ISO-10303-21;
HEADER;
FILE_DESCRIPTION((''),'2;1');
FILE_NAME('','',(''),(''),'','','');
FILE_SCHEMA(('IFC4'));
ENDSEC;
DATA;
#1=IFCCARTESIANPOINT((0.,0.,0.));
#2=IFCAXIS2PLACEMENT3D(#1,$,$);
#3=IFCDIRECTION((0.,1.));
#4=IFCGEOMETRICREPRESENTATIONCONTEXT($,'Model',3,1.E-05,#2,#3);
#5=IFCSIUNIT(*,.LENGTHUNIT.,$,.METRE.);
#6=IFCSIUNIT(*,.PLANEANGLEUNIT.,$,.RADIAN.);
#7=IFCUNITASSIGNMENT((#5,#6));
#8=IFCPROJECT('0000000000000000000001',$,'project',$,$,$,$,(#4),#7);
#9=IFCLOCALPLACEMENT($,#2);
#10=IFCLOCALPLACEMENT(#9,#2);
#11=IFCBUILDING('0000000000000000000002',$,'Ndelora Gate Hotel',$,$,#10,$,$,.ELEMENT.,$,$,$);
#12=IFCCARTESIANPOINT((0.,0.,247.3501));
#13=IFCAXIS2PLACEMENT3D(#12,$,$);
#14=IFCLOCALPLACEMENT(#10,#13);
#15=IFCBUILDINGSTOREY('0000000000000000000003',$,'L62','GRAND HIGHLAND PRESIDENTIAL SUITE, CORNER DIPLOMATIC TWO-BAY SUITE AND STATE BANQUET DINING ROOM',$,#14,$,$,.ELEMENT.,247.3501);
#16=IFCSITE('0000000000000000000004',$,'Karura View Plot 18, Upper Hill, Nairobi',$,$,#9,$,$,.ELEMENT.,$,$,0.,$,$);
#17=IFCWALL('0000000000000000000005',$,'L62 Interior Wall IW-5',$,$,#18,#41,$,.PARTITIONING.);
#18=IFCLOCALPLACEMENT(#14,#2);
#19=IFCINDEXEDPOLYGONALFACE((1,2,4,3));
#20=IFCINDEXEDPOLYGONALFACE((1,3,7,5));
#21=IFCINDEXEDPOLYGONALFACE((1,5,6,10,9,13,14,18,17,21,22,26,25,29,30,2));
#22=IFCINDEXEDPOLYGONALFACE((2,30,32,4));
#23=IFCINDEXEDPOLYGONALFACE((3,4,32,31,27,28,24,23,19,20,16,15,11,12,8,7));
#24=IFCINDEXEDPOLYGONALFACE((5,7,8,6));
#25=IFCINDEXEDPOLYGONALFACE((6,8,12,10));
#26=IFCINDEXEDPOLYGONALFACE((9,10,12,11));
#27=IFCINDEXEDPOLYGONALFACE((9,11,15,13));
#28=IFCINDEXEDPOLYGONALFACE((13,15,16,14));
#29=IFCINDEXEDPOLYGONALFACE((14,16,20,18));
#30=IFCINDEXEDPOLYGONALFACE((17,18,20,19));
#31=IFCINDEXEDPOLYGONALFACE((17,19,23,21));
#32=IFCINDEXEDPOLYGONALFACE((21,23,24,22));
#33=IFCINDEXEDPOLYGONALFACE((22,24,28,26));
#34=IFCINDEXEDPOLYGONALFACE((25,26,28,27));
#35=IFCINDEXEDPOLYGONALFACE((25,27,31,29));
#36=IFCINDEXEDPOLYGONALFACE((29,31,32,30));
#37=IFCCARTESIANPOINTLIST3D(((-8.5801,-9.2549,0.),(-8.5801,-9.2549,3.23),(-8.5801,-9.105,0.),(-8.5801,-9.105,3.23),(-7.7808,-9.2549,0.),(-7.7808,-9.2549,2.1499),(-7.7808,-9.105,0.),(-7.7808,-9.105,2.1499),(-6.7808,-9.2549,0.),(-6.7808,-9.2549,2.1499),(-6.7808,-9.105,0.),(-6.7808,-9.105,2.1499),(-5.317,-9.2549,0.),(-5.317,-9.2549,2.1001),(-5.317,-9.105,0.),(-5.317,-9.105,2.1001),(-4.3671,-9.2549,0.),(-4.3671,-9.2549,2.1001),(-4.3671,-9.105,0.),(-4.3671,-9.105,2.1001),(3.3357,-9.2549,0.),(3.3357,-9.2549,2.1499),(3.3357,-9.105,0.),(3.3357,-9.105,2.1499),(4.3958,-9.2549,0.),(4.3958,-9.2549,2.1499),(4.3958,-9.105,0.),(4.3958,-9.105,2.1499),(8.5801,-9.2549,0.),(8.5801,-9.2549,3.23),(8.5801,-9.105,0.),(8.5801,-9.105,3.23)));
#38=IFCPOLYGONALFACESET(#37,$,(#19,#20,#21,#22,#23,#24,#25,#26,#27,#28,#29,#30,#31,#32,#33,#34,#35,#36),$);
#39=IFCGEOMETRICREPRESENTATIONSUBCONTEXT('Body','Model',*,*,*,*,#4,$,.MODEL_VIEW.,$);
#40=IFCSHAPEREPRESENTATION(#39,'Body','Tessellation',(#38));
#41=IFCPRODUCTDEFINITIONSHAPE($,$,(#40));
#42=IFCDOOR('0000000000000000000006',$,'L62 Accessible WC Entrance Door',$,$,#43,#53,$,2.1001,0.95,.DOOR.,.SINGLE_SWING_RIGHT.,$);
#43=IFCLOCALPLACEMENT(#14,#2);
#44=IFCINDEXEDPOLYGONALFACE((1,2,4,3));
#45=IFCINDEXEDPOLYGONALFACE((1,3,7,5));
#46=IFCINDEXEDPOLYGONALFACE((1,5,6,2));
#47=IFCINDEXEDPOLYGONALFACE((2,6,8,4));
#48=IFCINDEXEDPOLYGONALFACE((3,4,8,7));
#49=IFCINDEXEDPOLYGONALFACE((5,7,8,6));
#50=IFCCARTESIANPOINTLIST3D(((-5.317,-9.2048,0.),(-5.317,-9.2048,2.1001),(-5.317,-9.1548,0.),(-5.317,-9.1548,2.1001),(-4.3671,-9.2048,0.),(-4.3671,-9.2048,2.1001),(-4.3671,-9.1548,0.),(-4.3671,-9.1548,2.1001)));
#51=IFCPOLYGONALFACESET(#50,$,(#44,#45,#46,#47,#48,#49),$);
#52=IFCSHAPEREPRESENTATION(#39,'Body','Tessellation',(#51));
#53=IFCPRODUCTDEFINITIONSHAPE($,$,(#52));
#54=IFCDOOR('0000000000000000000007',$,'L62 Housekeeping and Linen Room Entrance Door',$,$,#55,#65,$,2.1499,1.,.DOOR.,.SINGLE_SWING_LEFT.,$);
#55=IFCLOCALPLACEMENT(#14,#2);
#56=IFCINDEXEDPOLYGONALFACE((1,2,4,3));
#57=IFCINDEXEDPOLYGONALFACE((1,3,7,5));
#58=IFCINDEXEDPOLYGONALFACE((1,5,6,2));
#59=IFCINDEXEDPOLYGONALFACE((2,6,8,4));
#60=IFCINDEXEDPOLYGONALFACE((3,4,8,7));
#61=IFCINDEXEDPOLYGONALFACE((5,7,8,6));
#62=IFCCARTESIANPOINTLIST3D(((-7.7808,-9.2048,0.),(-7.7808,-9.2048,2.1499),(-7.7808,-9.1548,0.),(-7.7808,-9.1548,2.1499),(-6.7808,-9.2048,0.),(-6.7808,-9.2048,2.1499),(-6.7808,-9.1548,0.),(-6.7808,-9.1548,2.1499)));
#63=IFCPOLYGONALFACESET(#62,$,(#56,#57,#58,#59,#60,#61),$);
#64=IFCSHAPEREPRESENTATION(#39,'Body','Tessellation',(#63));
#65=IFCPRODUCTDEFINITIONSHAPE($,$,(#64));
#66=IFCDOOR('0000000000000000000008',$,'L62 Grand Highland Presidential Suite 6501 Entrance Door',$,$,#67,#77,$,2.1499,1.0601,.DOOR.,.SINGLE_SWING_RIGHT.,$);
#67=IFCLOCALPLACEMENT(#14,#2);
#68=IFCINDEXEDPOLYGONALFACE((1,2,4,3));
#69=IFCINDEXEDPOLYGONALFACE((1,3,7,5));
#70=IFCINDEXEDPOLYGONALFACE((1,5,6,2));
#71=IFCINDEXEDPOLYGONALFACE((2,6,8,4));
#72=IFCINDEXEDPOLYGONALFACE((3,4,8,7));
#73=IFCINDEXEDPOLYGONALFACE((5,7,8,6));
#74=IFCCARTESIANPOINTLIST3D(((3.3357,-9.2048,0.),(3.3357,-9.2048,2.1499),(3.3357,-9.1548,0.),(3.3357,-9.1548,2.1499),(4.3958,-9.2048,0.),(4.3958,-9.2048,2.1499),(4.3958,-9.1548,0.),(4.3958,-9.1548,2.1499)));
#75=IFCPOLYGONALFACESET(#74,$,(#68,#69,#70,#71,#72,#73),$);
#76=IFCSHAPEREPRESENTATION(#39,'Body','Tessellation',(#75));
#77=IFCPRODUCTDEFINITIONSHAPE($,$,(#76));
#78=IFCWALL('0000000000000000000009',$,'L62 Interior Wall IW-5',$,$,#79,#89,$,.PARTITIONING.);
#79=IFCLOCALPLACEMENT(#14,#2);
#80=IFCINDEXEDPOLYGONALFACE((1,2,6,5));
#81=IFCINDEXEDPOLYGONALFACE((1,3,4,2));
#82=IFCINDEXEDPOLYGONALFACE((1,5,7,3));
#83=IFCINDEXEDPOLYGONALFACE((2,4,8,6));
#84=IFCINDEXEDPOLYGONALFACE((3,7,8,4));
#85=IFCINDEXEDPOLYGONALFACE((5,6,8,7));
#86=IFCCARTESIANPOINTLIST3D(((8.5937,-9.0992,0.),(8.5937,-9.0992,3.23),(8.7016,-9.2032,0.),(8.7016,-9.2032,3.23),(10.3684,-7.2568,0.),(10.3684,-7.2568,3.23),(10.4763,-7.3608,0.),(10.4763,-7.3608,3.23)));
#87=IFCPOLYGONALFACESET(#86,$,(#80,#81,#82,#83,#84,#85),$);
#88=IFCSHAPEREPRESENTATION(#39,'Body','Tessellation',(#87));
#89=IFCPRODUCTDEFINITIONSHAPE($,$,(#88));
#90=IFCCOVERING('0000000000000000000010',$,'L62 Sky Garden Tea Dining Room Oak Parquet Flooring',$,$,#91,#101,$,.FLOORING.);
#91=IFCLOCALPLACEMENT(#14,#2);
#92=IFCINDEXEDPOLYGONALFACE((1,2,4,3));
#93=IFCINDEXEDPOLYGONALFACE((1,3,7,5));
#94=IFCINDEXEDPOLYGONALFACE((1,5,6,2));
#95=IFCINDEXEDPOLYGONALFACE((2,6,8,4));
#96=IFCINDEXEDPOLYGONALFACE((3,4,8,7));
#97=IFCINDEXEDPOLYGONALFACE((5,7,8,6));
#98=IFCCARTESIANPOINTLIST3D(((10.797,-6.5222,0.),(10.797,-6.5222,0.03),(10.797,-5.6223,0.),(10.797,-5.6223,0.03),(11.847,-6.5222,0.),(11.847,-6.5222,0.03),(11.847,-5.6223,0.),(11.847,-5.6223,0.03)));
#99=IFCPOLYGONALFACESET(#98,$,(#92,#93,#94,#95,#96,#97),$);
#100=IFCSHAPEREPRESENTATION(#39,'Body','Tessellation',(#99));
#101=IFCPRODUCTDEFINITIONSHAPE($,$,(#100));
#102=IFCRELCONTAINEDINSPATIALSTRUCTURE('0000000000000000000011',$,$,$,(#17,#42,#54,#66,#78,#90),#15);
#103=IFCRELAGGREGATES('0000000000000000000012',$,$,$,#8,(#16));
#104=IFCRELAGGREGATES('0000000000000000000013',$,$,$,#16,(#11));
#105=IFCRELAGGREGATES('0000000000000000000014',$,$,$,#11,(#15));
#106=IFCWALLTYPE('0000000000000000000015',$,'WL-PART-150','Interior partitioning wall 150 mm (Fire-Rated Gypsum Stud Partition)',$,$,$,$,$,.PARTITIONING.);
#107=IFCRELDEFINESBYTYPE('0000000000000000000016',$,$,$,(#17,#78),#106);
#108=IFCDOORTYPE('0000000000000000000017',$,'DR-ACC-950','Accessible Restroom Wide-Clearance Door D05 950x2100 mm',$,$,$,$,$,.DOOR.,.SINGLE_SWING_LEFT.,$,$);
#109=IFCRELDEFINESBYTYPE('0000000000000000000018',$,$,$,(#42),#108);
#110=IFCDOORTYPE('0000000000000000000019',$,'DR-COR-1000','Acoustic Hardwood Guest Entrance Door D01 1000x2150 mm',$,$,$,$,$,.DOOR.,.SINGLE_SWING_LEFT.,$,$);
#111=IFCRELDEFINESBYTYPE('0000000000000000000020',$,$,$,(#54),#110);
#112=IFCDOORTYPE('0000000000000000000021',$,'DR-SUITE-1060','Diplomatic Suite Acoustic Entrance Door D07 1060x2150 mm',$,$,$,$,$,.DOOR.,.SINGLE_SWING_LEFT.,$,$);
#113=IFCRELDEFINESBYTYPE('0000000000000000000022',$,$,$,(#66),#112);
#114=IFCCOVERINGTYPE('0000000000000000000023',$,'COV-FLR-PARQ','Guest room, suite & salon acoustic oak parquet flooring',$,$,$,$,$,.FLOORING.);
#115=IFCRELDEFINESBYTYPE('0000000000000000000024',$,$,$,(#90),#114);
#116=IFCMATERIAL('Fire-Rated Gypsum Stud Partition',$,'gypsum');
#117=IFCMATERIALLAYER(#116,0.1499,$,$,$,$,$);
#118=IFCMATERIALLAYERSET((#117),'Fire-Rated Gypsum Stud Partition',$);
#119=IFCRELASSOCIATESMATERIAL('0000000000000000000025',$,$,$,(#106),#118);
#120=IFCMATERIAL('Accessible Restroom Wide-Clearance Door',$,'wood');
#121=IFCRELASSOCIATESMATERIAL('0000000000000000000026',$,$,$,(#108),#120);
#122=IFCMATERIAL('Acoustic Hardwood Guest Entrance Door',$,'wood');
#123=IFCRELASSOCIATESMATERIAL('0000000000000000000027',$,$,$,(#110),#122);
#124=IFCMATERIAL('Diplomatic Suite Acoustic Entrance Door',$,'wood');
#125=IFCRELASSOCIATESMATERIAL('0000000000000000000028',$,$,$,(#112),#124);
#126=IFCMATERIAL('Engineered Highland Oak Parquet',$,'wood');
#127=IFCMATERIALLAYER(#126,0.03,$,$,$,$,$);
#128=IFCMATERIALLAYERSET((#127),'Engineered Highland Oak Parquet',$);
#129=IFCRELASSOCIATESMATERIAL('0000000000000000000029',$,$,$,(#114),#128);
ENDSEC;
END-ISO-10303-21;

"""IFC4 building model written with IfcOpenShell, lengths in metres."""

from ifc_helpers import new_model, si_unit, direction, frame, frame_2d, origin, origin_2d, place, context, subcontext, project, spatial, rectangle, extrude, material, layer, layer_set, type_object, element, fill, save


model = new_model("IFC4")

# Units and contexts
model_context = context("Model", 3, precision=1e-05, world=origin(), true_north=direction((0.0, 1.0)))
body_context = subcontext(model_context, "Body", "Model", "MODEL_VIEW")
ifc_project = project(units=[si_unit("LENGTHUNIT", "METRE"), si_unit("PLANEANGLEUNIT", "RADIAN")], contexts=[model_context])

# Site, building, storey
site_placement = place(None, origin())
site = spatial("IfcSite", under=ifc_project, at=site_placement, Name="Karura View Plot 18, Upper Hill, Nairobi", CompositionType="ELEMENT", RefElevation=0.0)
building_placement = place(site_placement, origin())
building = spatial("IfcBuilding", under=site, at=building_placement, Name="Ndelora Gate Hotel", CompositionType="ELEMENT")
storey_placement = place(building_placement, frame((0.0, 0.0, 247.3501)))
storey = spatial("IfcBuildingStorey", under=building, at=storey_placement, Name="L62", Description="GRAND HIGHLAND PRESIDENTIAL SUITE, CORNER DIPLOMATIC TWO-BAY SUITE AND STATE BANQUET DINING ROOM", CompositionType="ELEMENT", Elevation=247.3501)

# Wall, openings, doors
ifc_material_1 = material(Name="Fire-Rated Gypsum Stud Partition", Category="gypsum")
ifc_layer_1 = layer(ifc_material_1, 0.1499)
ifc_layer_set_1 = layer_set([ifc_layer_1], Name="Fire-Rated Gypsum Stud Partition")
wall_type_1 = type_object("IfcWallType", Name="WL-PART-150", Description="Interior partitioning wall 150 mm (Fire-Rated Gypsum Stud Partition)", PredefinedType="PARTITIONING", material=ifc_layer_set_1)
wall_1_placement = place(storey_placement, frame((8.5801, -9.1799, 0.0), z_axis=(0.0, 0.0, 1.0), x_axis=(-1.0, 0.0, 0.0)))
wall_1 = element("IfcWall", 1, at=wall_1_placement, inside=storey, type_object=wall_type_1, Name="L62 Interior Wall IW-5", PredefinedType="PARTITIONING", context=body_context, shape_type="SweptSolid", body=[
    extrude(rectangle(XDim=17.1602, YDim=0.1499, at=frame_2d((8.5801, 0.0))), origin(), (0.0, 0.0, 1.0), 3.23),
])
opening_1_placement = place(wall_1_placement, frame((15.3608, 0.0, 0.0)))
opening_1 = element("IfcOpeningElement", 2, at=opening_1_placement, cuts=wall_1, PredefinedType="OPENING", context=body_context, shape_type="SweptSolid", body=[
    extrude(rectangle(XDim=1.0, YDim=2.1499, at=frame_2d((0.5, 1.075))), frame((0.0, 0.085, 0.0), z_axis=(0.0, -1.0, 0.0), x_axis=(1.0, 0.0, 0.0)), (0.0, 0.0, 1.0), 0.1699),
])
opening_2_placement = place(wall_1_placement, frame((12.947, 0.0, 0.0)))
opening_2 = element("IfcOpeningElement", 3, at=opening_2_placement, cuts=wall_1, PredefinedType="OPENING", context=body_context, shape_type="SweptSolid", body=[
    extrude(rectangle(XDim=0.95, YDim=2.1001, at=frame_2d((0.4751, 1.05))), frame((0.0, 0.085, 0.0), z_axis=(0.0, -1.0, 0.0), x_axis=(1.0, 0.0, 0.0)), (0.0, 0.0, 1.0), 0.1699),
])
opening_3_placement = place(wall_1_placement, frame((4.1843, 0.0, 0.0)))
opening_3 = element("IfcOpeningElement", 4, at=opening_3_placement, cuts=wall_1, PredefinedType="OPENING", context=body_context, shape_type="SweptSolid", body=[
    extrude(rectangle(XDim=1.0601, YDim=2.1499, at=frame_2d((0.53, 1.075))), frame((0.0, 0.085, 0.0), z_axis=(0.0, -1.0, 0.0), x_axis=(1.0, 0.0, 0.0)), (0.0, 0.0, 1.0), 0.1699),
])
ifc_material_2 = material(Name="Accessible Restroom Wide-Clearance Door", Category="wood")
door_type_1 = type_object("IfcDoorType", Name="DR-ACC-950", Description="Accessible Restroom Wide-Clearance Door D05 950x2100 mm", OperationType="SINGLE_SWING_LEFT", PredefinedType="DOOR", material=ifc_material_2)
door_1_placement = place(opening_2_placement, origin())
door_1 = element("IfcDoor", 5, at=door_1_placement, inside=storey, type_object=door_type_1, Name="L62 Accessible WC Entrance Door", OperationType="SINGLE_SWING_RIGHT", OverallHeight=2.1001, OverallWidth=0.95, PredefinedType="DOOR", context=body_context, shape_type="SweptSolid", body=[
    extrude(rectangle(XDim=0.95, YDim=2.1001, at=frame_2d((0.4751, 1.05))), frame((0.0, 0.0249, 0.0), z_axis=(0.0, -1.0, 0.0), x_axis=(1.0, 0.0, 0.0)), (0.0, 0.0, 1.0), 0.05),
])
fill(opening_2, door_1)
ifc_material_3 = material(Name="Acoustic Hardwood Guest Entrance Door", Category="wood")
door_type_2 = type_object("IfcDoorType", Name="DR-COR-1000", Description="Acoustic Hardwood Guest Entrance Door D01 1000x2150 mm", OperationType="SINGLE_SWING_LEFT", PredefinedType="DOOR", material=ifc_material_3)
door_2_placement = place(opening_1_placement, origin())
door_2 = element("IfcDoor", 6, at=door_2_placement, inside=storey, type_object=door_type_2, Name="L62 Housekeeping and Linen Room Entrance Door", OperationType="SINGLE_SWING_LEFT", OverallHeight=2.1499, OverallWidth=1.0, PredefinedType="DOOR", context=body_context, shape_type="SweptSolid", body=[
    extrude(rectangle(XDim=1.0, YDim=2.1499, at=frame_2d((0.5, 1.075))), frame((0.0, 0.0249, 0.0), z_axis=(0.0, -1.0, 0.0), x_axis=(1.0, 0.0, 0.0)), (0.0, 0.0, 1.0), 0.05),
])
fill(opening_1, door_2)
ifc_material_4 = material(Name="Diplomatic Suite Acoustic Entrance Door", Category="wood")
door_type_3 = type_object("IfcDoorType", Name="DR-SUITE-1060", Description="Diplomatic Suite Acoustic Entrance Door D07 1060x2150 mm", OperationType="SINGLE_SWING_LEFT", PredefinedType="DOOR", material=ifc_material_4)
door_3_placement = place(opening_3_placement, origin())
door_3 = element("IfcDoor", 7, at=door_3_placement, inside=storey, type_object=door_type_3, Name="L62 Grand Highland Presidential Suite 6501 Entrance Door", OperationType="SINGLE_SWING_RIGHT", OverallHeight=2.1499, OverallWidth=1.0601, PredefinedType="DOOR", context=body_context, shape_type="SweptSolid", body=[
    extrude(rectangle(XDim=1.0601, YDim=2.1499, at=frame_2d((0.53, 1.075))), frame((0.0, 0.0249, 0.0), z_axis=(0.0, -1.0, 0.0), x_axis=(1.0, 0.0, 0.0)), (0.0, 0.0, 1.0), 0.05),
])
fill(opening_3, door_3)

# Wall
wall_2_placement = place(storey_placement, frame((10.4224, -7.3088, 0.0), z_axis=(0.0, 0.0, 1.0), x_axis=(-0.693765, -0.720202, 0.0)))
element("IfcWall", 8, at=wall_2_placement, inside=storey, type_object=wall_type_1, Name="L62 Interior Wall IW-5", PredefinedType="PARTITIONING", context=body_context, shape_type="SweptSolid", body=[
    extrude(rectangle(XDim=2.5581, YDim=0.1499, at=frame_2d((1.2791, 0.0))), origin(), (0.0, 0.0, 1.0), 3.23),
])

# Covering
ifc_material_5 = material(Name="Engineered Highland Oak Parquet", Category="wood")
ifc_layer_2 = layer(ifc_material_5, 0.03)
ifc_layer_set_2 = layer_set([ifc_layer_2], Name="Engineered Highland Oak Parquet")
covering_type = type_object("IfcCoveringType", Name="COV-FLR-PARQ", Description="Guest room, suite & salon acoustic oak parquet flooring", PredefinedType="FLOORING", material=ifc_layer_set_2)
covering_placement = place(storey_placement, frame((11.322, -6.0723, 0.0), z_axis=(0.0, 0.0, 1.0), x_axis=(1.0, 0.0, 0.0)))
element("IfcCovering", 9, at=covering_placement, inside=storey, type_object=covering_type, Name="L62 Sky Garden Tea Dining Room Oak Parquet Flooring", PredefinedType="FLOORING", context=body_context, shape_type="SweptSolid", body=[
    extrude(rectangle(XDim=1.05, YDim=0.8999, at=origin_2d()), origin(), (0.0, 0.0, 1.0), 0.03),
])

save(model, "model.ifc")
